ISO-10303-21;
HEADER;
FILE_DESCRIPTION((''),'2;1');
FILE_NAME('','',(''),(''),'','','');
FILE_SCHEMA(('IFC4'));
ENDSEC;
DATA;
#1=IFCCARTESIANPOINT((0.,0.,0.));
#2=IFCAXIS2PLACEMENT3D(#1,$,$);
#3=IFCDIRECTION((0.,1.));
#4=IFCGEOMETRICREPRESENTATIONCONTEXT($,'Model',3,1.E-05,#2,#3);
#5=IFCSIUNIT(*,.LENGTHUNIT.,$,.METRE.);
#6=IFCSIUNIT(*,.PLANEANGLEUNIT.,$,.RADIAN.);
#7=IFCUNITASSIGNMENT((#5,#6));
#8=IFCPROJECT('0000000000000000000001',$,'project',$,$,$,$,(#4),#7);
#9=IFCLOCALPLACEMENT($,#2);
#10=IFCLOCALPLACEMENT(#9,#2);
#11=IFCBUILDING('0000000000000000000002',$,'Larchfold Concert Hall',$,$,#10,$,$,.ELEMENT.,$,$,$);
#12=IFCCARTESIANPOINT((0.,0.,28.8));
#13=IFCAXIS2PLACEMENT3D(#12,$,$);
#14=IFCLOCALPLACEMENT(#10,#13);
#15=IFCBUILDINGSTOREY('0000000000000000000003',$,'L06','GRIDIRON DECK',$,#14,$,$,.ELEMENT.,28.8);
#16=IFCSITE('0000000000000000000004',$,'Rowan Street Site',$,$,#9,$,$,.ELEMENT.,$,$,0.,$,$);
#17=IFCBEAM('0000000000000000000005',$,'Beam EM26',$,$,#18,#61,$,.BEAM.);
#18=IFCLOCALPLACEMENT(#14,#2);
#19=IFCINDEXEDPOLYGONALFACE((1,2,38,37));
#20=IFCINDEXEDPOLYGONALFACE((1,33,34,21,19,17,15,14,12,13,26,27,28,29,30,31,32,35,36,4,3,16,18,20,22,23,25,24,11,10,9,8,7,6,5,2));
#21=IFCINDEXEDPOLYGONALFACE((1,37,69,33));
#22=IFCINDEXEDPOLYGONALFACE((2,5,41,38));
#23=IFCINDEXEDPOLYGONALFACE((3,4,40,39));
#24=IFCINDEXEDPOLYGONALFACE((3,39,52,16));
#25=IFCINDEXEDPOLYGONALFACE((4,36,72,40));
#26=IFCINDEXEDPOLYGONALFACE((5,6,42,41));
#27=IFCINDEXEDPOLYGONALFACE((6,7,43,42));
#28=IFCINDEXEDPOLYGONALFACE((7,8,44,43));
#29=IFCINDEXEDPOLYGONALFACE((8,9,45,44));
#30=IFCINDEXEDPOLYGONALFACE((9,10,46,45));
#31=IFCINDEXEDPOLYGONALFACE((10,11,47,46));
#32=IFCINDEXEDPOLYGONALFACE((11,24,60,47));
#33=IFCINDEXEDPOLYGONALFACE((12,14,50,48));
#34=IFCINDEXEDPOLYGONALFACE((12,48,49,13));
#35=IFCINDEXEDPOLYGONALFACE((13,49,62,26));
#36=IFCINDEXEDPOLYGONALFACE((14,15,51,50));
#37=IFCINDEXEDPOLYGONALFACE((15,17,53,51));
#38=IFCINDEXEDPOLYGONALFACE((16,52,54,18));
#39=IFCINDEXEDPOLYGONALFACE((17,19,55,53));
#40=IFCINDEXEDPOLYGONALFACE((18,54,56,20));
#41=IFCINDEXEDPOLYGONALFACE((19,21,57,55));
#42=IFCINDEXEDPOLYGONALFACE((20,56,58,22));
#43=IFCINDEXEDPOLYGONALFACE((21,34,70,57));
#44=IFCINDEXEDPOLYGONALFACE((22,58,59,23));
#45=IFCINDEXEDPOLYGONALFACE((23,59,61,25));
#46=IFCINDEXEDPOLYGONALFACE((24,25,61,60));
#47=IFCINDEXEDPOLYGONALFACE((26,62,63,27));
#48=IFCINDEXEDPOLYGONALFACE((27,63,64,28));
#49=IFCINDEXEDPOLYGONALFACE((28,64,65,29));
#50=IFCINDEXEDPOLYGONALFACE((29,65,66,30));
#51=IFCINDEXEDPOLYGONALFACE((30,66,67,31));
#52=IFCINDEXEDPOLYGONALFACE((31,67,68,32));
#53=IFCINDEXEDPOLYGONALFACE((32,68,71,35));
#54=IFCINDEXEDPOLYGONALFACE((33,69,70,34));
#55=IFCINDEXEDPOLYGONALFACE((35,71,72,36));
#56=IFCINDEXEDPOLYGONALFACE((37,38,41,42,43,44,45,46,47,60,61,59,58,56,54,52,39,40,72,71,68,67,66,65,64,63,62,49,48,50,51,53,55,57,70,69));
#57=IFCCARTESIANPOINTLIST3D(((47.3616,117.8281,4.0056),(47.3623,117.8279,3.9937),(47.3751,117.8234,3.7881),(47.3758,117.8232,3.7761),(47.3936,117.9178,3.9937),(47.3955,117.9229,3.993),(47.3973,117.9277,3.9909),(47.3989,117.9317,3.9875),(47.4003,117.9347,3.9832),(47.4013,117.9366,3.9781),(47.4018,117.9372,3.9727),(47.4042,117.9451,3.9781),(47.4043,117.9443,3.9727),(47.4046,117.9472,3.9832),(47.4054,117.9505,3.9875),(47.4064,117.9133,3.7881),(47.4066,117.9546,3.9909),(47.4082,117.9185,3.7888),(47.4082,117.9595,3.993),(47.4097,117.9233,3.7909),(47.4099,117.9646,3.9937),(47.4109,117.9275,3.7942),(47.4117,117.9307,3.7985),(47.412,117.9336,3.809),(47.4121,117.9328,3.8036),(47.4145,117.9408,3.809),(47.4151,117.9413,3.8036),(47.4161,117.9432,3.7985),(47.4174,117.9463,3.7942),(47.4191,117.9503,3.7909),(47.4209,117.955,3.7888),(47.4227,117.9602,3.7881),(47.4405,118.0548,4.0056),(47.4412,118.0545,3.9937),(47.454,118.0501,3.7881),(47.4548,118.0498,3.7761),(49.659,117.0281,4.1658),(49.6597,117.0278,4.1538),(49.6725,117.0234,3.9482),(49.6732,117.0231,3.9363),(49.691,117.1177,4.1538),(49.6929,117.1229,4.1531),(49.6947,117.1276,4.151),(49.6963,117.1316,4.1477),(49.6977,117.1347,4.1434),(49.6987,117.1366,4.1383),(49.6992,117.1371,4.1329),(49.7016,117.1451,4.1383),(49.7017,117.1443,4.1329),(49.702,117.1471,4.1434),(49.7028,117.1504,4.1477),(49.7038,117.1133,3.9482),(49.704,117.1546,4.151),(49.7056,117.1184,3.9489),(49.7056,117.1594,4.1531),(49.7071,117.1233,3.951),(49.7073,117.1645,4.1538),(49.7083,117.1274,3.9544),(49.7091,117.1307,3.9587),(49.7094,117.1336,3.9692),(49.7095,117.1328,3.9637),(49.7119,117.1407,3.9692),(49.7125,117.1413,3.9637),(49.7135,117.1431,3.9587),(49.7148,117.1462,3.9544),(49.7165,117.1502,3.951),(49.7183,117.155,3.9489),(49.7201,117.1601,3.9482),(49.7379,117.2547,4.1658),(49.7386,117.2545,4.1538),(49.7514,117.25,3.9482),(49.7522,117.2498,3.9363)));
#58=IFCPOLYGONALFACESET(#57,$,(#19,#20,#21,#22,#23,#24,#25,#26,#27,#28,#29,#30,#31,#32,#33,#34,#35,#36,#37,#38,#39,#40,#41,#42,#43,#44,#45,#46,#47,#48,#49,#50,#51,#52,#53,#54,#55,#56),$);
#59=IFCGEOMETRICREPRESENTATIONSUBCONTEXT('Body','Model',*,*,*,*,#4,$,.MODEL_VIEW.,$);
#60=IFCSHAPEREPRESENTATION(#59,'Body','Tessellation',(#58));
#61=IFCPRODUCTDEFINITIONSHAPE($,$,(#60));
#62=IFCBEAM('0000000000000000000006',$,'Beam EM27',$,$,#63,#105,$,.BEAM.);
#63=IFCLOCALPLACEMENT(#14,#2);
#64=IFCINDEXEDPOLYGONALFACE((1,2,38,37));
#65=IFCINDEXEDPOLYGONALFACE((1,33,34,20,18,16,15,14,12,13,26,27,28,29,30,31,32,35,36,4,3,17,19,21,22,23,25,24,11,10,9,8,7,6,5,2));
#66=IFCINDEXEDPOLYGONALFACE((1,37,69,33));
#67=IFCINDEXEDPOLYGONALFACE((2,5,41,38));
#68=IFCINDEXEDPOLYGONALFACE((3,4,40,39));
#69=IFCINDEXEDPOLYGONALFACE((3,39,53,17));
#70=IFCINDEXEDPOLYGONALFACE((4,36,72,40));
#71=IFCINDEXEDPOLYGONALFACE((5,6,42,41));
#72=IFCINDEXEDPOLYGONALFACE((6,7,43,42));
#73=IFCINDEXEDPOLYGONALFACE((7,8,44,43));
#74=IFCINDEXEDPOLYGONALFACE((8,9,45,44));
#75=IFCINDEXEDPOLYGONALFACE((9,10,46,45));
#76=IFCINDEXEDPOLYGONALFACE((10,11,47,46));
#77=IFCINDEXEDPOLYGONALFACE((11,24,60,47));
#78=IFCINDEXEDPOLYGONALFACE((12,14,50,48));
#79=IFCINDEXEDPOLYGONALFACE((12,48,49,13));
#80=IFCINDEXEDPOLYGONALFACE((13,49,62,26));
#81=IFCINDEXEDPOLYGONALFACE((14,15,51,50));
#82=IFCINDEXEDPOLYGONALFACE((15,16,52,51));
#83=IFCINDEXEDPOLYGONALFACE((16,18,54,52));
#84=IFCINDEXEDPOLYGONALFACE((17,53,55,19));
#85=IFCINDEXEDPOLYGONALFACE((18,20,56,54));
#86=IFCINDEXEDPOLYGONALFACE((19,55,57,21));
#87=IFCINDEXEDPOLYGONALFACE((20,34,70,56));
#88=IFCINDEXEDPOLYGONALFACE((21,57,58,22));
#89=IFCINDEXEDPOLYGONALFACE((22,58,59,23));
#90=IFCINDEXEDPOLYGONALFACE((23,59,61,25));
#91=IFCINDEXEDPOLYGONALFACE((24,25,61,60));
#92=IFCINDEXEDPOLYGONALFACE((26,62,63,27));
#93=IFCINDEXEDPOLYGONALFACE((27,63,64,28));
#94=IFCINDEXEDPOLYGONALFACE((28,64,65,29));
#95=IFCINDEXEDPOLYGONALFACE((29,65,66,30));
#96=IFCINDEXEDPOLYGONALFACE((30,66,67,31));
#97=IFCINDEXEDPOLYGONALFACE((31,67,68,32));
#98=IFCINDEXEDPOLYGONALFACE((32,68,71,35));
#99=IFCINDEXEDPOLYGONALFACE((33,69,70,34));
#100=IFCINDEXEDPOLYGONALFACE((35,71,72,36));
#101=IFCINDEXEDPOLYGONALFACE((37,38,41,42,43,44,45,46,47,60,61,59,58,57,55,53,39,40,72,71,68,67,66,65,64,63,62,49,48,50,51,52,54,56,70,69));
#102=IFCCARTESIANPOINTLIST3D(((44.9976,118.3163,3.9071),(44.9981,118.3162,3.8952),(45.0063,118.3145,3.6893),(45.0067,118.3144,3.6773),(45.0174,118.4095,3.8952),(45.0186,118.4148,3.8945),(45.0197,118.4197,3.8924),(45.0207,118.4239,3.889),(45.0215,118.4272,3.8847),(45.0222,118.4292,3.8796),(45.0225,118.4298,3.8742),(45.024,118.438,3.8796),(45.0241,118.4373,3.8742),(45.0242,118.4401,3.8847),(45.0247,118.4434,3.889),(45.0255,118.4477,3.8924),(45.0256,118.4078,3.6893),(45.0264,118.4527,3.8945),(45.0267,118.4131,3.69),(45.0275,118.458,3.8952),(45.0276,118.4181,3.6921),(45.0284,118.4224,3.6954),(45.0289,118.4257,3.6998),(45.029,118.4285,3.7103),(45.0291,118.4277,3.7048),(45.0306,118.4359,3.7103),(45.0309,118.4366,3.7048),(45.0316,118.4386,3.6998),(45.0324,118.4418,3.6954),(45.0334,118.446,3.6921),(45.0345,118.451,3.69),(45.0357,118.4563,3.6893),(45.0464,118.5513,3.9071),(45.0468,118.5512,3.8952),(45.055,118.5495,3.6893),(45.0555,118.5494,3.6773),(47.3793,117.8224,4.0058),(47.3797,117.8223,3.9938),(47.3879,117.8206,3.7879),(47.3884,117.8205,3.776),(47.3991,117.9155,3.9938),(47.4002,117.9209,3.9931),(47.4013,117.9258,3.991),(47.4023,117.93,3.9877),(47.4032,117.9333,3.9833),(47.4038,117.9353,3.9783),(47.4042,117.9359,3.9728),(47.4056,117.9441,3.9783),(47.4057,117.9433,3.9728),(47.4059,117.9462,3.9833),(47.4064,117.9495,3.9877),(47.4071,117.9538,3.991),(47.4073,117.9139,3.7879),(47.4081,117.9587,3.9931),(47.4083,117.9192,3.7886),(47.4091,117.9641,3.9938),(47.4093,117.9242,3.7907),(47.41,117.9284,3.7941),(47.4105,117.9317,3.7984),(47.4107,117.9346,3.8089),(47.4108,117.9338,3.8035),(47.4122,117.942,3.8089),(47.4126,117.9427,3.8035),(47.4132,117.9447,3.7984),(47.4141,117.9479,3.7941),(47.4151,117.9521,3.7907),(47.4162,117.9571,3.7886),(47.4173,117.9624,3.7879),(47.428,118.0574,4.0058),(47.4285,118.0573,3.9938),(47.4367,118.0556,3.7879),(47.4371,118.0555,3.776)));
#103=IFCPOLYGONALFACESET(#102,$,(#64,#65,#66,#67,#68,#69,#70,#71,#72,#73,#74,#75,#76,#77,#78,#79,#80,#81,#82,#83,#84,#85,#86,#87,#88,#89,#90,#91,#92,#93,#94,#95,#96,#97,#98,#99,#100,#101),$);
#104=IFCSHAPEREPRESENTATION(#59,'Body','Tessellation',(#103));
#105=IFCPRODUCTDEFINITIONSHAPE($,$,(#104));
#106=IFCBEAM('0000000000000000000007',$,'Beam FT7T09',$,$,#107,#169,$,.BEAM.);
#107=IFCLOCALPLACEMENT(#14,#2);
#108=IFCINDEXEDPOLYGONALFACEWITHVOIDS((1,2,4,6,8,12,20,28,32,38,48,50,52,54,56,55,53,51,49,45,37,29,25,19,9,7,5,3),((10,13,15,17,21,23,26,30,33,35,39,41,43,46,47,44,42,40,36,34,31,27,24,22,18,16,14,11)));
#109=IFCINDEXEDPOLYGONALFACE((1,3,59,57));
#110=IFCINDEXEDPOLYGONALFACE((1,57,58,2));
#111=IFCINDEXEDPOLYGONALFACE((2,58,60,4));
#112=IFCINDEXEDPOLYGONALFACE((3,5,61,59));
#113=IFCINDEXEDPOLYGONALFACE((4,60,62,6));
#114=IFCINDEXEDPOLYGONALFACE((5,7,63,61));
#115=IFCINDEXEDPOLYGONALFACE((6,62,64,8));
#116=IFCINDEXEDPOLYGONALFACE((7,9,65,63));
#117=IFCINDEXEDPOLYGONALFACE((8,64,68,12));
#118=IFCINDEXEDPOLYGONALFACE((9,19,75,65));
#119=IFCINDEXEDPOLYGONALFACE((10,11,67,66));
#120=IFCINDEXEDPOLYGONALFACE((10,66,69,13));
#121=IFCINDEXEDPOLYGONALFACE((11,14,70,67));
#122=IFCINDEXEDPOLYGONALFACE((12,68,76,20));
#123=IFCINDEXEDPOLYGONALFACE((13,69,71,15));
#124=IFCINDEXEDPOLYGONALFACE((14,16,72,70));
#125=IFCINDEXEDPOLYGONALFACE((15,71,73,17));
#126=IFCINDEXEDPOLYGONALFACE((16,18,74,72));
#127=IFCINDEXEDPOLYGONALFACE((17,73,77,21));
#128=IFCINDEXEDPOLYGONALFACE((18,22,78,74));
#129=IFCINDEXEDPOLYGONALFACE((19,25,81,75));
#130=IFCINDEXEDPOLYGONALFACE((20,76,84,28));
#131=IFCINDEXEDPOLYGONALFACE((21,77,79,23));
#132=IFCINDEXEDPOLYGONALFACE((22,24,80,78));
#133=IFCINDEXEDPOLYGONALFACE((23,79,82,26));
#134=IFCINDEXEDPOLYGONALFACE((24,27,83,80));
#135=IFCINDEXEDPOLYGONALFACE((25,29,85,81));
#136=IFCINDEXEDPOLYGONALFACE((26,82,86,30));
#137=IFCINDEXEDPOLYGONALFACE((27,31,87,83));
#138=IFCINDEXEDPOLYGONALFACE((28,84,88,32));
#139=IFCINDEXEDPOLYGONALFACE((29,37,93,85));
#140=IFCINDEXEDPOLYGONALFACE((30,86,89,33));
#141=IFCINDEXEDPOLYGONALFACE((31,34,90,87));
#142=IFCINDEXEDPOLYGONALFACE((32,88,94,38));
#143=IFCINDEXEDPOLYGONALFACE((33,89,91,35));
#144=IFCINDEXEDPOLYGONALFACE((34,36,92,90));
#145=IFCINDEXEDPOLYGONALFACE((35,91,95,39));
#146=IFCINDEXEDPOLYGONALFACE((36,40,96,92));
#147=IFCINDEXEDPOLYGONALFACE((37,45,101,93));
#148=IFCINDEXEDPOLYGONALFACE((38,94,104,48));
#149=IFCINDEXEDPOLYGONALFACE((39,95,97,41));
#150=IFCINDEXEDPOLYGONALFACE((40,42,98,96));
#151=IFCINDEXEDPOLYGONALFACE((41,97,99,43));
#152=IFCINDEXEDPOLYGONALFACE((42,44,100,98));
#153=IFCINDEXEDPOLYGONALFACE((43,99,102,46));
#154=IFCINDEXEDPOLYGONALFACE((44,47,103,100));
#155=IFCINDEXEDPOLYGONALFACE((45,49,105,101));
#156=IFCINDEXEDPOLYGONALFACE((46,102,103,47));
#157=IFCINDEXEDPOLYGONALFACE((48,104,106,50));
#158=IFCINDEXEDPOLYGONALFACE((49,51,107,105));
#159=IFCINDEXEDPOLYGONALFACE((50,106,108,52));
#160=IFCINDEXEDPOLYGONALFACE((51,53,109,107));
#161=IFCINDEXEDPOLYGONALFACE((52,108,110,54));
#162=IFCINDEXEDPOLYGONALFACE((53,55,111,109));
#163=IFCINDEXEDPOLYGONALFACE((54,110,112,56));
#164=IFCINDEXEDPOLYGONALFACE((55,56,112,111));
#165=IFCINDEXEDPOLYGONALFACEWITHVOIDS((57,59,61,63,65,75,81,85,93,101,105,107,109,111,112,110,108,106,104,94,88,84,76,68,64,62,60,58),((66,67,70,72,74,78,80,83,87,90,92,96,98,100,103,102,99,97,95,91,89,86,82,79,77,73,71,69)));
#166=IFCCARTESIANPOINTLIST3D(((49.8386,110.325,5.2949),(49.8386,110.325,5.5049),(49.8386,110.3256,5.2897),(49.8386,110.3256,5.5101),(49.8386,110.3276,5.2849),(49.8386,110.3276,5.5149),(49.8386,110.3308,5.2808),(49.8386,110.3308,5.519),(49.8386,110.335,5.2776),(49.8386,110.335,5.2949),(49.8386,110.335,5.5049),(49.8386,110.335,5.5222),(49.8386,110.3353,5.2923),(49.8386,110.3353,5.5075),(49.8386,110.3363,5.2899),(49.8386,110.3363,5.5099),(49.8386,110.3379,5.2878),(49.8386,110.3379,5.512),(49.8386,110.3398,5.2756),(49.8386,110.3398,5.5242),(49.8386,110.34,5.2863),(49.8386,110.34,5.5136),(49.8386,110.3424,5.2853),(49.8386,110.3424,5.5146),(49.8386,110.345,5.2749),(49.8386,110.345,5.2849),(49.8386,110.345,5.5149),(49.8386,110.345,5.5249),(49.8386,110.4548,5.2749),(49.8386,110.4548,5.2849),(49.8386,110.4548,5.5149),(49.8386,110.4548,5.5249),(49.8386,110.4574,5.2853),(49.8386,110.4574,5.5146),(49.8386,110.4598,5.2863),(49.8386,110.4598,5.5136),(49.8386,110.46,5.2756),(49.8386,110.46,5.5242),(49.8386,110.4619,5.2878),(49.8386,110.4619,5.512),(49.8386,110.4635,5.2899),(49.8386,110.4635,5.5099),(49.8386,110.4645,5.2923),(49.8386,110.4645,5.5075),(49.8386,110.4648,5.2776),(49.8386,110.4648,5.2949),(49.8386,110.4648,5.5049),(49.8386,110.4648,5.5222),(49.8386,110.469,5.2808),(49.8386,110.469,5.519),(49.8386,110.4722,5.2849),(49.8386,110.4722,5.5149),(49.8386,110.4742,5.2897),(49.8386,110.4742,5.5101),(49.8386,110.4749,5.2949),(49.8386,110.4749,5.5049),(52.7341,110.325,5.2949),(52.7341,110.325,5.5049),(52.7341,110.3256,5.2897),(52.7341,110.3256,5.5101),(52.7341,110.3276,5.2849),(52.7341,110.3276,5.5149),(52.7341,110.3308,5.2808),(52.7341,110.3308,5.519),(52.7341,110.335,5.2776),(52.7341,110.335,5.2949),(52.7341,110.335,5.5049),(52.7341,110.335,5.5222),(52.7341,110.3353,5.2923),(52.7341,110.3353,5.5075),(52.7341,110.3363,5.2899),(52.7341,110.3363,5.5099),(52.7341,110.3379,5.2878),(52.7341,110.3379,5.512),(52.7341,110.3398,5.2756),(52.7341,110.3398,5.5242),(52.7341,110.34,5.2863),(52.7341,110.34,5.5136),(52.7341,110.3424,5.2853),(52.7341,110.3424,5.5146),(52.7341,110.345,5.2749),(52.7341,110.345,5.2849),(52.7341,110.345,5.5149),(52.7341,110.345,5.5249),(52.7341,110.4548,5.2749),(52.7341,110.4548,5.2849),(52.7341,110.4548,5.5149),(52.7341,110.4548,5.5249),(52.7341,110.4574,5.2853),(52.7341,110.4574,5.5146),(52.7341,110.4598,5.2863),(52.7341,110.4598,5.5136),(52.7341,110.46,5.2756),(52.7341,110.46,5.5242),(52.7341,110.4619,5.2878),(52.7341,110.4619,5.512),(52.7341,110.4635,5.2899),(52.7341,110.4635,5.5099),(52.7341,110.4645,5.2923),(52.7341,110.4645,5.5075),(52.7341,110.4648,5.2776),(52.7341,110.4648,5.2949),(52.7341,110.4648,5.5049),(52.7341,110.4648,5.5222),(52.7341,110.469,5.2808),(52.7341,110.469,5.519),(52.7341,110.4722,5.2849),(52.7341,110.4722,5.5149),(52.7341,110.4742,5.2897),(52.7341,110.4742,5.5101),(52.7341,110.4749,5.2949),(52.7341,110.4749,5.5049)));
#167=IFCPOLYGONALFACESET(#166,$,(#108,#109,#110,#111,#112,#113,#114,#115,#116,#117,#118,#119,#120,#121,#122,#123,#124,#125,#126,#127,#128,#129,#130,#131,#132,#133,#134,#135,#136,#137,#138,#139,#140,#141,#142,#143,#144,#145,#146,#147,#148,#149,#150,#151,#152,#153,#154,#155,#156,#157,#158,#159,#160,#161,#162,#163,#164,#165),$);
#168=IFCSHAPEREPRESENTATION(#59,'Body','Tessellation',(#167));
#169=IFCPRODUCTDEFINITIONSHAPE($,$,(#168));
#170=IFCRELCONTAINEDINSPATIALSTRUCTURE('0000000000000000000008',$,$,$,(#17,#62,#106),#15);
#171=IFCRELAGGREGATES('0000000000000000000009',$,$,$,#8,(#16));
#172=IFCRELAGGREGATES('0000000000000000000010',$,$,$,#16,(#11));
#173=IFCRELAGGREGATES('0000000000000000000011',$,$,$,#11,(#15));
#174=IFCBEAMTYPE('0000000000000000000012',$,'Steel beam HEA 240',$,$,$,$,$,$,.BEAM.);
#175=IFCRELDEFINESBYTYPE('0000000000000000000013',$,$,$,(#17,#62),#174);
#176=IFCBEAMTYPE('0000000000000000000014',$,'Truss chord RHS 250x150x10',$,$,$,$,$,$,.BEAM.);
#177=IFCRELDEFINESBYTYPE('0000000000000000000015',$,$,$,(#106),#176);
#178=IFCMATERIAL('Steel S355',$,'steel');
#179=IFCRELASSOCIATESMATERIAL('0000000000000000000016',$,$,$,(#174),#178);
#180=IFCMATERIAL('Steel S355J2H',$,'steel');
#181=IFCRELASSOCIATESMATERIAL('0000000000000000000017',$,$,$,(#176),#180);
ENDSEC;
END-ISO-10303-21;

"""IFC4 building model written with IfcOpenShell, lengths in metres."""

from ifc_helpers import new_model, si_unit, direction, frame, origin, origin_2d, place, context, subcontext, project, spatial, hollow_rectangle, i_section, extrude, material, material_profile, profile_set, type_object, element, save


model = new_model("IFC4")

# Units and contexts
model_context = context("Model", 3, precision=1e-05, world=origin(), true_north=direction((0.0, 1.0)))
body_context = subcontext(model_context, "Body", "Model", "MODEL_VIEW")
ifc_project = project(units=[si_unit("LENGTHUNIT", "METRE"), si_unit("PLANEANGLEUNIT", "RADIAN")], contexts=[model_context])

# Site, building, storey
site_placement = place(None, origin())
site = spatial("IfcSite", under=ifc_project, at=site_placement, Name="Rowan Street Site", CompositionType="ELEMENT", RefElevation=0.0)
building_placement = place(site_placement, origin())
building = spatial("IfcBuilding", under=site, at=building_placement, Name="Larchfold Concert Hall", CompositionType="ELEMENT")
storey_placement = place(building_placement, frame((0.0, 0.0, 28.8)))
storey = spatial("IfcBuildingStorey", under=building, at=storey_placement, Name="L06", Description="GRIDIRON DECK", CompositionType="ELEMENT", Elevation=28.8)

# Beams
ifc_material_1 = material(Name="Steel S355", Category="steel")
ifc_material_profile_1 = material_profile(ifc_material_1, i_section(OverallWidth=0.24, OverallDepth=0.23, WebThickness=0.0076, FlangeThickness=0.012, FilletRadius=0.021, at=origin_2d()))
ifc_profile_set_1 = profile_set([ifc_material_profile_1], Name="Steel S355")
beam_type_1 = type_object("IfcBeamType", Name="Steel beam HEA 240", PredefinedType="BEAM", material=ifc_profile_set_1)
beam_1_placement = place(storey_placement, frame((49.7056, 117.1389, 4.051), z_axis=(-0.942334, 0.328164, -0.065693), x_axis=(-0.328875, -0.944374, 0.0)))
element("IfcBeam", 1, at=beam_1_placement, inside=storey, type_object=beam_type_1, Name="Beam EM26", PredefinedType="BEAM", context=body_context, shape_type="SweptSolid", body=[
    extrude(i_section(OverallWidth=0.24, OverallDepth=0.23, WebThickness=0.0076, FlangeThickness=0.012, FilletRadius=0.021, at=origin_2d()), origin(), (0.0, 0.0, 1.0), 2.438),
])
beam_2_placement = place(storey_placement, frame((47.4082, 117.939, 3.8909), z_axis=(-0.978362, 0.202894, -0.040519), x_axis=(-0.20306, -0.979166, 0.0)))
element("IfcBeam", 2, at=beam_2_placement, inside=storey, type_object=beam_type_1, Name="Beam EM27", PredefinedType="BEAM", context=body_context, shape_type="SweptSolid", body=[
    extrude(i_section(OverallWidth=0.24, OverallDepth=0.23, WebThickness=0.0076, FlangeThickness=0.012, FilletRadius=0.021, at=origin_2d()), origin(), (0.0, 0.0, 1.0), 2.4343),
])
ifc_material_2 = material(Name="Steel S355J2H", Category="steel")
ifc_material_profile_2 = material_profile(ifc_material_2, hollow_rectangle(XDim=0.1499, YDim=0.25, WallThickness=0.01, InnerFilletRadius=0.01, OuterFilletRadius=0.02, at=origin_2d()))
ifc_profile_set_2 = profile_set([ifc_material_profile_2], Name="Steel S355J2H")
beam_type_2 = type_object("IfcBeamType", Name="Truss chord RHS 250x150x10", PredefinedType="BEAM", material=ifc_profile_set_2)
beam_3_placement = place(storey_placement, frame((49.8386, 110.3999, 5.3999), z_axis=(1.0, 0.0, 0.0), x_axis=(0.0, 1.0, 0.0)))
element("IfcBeam", 3, at=beam_3_placement, inside=storey, type_object=beam_type_2, Name="Beam FT7T09", PredefinedType="BEAM", context=body_context, shape_type="SweptSolid", body=[
    extrude(hollow_rectangle(XDim=0.1499, YDim=0.25, WallThickness=0.01, InnerFilletRadius=0.01, OuterFilletRadius=0.02, at=origin_2d()), origin(), (0.0, 0.0, 1.0), 2.8955),
])

save(model, "model.ifc")
